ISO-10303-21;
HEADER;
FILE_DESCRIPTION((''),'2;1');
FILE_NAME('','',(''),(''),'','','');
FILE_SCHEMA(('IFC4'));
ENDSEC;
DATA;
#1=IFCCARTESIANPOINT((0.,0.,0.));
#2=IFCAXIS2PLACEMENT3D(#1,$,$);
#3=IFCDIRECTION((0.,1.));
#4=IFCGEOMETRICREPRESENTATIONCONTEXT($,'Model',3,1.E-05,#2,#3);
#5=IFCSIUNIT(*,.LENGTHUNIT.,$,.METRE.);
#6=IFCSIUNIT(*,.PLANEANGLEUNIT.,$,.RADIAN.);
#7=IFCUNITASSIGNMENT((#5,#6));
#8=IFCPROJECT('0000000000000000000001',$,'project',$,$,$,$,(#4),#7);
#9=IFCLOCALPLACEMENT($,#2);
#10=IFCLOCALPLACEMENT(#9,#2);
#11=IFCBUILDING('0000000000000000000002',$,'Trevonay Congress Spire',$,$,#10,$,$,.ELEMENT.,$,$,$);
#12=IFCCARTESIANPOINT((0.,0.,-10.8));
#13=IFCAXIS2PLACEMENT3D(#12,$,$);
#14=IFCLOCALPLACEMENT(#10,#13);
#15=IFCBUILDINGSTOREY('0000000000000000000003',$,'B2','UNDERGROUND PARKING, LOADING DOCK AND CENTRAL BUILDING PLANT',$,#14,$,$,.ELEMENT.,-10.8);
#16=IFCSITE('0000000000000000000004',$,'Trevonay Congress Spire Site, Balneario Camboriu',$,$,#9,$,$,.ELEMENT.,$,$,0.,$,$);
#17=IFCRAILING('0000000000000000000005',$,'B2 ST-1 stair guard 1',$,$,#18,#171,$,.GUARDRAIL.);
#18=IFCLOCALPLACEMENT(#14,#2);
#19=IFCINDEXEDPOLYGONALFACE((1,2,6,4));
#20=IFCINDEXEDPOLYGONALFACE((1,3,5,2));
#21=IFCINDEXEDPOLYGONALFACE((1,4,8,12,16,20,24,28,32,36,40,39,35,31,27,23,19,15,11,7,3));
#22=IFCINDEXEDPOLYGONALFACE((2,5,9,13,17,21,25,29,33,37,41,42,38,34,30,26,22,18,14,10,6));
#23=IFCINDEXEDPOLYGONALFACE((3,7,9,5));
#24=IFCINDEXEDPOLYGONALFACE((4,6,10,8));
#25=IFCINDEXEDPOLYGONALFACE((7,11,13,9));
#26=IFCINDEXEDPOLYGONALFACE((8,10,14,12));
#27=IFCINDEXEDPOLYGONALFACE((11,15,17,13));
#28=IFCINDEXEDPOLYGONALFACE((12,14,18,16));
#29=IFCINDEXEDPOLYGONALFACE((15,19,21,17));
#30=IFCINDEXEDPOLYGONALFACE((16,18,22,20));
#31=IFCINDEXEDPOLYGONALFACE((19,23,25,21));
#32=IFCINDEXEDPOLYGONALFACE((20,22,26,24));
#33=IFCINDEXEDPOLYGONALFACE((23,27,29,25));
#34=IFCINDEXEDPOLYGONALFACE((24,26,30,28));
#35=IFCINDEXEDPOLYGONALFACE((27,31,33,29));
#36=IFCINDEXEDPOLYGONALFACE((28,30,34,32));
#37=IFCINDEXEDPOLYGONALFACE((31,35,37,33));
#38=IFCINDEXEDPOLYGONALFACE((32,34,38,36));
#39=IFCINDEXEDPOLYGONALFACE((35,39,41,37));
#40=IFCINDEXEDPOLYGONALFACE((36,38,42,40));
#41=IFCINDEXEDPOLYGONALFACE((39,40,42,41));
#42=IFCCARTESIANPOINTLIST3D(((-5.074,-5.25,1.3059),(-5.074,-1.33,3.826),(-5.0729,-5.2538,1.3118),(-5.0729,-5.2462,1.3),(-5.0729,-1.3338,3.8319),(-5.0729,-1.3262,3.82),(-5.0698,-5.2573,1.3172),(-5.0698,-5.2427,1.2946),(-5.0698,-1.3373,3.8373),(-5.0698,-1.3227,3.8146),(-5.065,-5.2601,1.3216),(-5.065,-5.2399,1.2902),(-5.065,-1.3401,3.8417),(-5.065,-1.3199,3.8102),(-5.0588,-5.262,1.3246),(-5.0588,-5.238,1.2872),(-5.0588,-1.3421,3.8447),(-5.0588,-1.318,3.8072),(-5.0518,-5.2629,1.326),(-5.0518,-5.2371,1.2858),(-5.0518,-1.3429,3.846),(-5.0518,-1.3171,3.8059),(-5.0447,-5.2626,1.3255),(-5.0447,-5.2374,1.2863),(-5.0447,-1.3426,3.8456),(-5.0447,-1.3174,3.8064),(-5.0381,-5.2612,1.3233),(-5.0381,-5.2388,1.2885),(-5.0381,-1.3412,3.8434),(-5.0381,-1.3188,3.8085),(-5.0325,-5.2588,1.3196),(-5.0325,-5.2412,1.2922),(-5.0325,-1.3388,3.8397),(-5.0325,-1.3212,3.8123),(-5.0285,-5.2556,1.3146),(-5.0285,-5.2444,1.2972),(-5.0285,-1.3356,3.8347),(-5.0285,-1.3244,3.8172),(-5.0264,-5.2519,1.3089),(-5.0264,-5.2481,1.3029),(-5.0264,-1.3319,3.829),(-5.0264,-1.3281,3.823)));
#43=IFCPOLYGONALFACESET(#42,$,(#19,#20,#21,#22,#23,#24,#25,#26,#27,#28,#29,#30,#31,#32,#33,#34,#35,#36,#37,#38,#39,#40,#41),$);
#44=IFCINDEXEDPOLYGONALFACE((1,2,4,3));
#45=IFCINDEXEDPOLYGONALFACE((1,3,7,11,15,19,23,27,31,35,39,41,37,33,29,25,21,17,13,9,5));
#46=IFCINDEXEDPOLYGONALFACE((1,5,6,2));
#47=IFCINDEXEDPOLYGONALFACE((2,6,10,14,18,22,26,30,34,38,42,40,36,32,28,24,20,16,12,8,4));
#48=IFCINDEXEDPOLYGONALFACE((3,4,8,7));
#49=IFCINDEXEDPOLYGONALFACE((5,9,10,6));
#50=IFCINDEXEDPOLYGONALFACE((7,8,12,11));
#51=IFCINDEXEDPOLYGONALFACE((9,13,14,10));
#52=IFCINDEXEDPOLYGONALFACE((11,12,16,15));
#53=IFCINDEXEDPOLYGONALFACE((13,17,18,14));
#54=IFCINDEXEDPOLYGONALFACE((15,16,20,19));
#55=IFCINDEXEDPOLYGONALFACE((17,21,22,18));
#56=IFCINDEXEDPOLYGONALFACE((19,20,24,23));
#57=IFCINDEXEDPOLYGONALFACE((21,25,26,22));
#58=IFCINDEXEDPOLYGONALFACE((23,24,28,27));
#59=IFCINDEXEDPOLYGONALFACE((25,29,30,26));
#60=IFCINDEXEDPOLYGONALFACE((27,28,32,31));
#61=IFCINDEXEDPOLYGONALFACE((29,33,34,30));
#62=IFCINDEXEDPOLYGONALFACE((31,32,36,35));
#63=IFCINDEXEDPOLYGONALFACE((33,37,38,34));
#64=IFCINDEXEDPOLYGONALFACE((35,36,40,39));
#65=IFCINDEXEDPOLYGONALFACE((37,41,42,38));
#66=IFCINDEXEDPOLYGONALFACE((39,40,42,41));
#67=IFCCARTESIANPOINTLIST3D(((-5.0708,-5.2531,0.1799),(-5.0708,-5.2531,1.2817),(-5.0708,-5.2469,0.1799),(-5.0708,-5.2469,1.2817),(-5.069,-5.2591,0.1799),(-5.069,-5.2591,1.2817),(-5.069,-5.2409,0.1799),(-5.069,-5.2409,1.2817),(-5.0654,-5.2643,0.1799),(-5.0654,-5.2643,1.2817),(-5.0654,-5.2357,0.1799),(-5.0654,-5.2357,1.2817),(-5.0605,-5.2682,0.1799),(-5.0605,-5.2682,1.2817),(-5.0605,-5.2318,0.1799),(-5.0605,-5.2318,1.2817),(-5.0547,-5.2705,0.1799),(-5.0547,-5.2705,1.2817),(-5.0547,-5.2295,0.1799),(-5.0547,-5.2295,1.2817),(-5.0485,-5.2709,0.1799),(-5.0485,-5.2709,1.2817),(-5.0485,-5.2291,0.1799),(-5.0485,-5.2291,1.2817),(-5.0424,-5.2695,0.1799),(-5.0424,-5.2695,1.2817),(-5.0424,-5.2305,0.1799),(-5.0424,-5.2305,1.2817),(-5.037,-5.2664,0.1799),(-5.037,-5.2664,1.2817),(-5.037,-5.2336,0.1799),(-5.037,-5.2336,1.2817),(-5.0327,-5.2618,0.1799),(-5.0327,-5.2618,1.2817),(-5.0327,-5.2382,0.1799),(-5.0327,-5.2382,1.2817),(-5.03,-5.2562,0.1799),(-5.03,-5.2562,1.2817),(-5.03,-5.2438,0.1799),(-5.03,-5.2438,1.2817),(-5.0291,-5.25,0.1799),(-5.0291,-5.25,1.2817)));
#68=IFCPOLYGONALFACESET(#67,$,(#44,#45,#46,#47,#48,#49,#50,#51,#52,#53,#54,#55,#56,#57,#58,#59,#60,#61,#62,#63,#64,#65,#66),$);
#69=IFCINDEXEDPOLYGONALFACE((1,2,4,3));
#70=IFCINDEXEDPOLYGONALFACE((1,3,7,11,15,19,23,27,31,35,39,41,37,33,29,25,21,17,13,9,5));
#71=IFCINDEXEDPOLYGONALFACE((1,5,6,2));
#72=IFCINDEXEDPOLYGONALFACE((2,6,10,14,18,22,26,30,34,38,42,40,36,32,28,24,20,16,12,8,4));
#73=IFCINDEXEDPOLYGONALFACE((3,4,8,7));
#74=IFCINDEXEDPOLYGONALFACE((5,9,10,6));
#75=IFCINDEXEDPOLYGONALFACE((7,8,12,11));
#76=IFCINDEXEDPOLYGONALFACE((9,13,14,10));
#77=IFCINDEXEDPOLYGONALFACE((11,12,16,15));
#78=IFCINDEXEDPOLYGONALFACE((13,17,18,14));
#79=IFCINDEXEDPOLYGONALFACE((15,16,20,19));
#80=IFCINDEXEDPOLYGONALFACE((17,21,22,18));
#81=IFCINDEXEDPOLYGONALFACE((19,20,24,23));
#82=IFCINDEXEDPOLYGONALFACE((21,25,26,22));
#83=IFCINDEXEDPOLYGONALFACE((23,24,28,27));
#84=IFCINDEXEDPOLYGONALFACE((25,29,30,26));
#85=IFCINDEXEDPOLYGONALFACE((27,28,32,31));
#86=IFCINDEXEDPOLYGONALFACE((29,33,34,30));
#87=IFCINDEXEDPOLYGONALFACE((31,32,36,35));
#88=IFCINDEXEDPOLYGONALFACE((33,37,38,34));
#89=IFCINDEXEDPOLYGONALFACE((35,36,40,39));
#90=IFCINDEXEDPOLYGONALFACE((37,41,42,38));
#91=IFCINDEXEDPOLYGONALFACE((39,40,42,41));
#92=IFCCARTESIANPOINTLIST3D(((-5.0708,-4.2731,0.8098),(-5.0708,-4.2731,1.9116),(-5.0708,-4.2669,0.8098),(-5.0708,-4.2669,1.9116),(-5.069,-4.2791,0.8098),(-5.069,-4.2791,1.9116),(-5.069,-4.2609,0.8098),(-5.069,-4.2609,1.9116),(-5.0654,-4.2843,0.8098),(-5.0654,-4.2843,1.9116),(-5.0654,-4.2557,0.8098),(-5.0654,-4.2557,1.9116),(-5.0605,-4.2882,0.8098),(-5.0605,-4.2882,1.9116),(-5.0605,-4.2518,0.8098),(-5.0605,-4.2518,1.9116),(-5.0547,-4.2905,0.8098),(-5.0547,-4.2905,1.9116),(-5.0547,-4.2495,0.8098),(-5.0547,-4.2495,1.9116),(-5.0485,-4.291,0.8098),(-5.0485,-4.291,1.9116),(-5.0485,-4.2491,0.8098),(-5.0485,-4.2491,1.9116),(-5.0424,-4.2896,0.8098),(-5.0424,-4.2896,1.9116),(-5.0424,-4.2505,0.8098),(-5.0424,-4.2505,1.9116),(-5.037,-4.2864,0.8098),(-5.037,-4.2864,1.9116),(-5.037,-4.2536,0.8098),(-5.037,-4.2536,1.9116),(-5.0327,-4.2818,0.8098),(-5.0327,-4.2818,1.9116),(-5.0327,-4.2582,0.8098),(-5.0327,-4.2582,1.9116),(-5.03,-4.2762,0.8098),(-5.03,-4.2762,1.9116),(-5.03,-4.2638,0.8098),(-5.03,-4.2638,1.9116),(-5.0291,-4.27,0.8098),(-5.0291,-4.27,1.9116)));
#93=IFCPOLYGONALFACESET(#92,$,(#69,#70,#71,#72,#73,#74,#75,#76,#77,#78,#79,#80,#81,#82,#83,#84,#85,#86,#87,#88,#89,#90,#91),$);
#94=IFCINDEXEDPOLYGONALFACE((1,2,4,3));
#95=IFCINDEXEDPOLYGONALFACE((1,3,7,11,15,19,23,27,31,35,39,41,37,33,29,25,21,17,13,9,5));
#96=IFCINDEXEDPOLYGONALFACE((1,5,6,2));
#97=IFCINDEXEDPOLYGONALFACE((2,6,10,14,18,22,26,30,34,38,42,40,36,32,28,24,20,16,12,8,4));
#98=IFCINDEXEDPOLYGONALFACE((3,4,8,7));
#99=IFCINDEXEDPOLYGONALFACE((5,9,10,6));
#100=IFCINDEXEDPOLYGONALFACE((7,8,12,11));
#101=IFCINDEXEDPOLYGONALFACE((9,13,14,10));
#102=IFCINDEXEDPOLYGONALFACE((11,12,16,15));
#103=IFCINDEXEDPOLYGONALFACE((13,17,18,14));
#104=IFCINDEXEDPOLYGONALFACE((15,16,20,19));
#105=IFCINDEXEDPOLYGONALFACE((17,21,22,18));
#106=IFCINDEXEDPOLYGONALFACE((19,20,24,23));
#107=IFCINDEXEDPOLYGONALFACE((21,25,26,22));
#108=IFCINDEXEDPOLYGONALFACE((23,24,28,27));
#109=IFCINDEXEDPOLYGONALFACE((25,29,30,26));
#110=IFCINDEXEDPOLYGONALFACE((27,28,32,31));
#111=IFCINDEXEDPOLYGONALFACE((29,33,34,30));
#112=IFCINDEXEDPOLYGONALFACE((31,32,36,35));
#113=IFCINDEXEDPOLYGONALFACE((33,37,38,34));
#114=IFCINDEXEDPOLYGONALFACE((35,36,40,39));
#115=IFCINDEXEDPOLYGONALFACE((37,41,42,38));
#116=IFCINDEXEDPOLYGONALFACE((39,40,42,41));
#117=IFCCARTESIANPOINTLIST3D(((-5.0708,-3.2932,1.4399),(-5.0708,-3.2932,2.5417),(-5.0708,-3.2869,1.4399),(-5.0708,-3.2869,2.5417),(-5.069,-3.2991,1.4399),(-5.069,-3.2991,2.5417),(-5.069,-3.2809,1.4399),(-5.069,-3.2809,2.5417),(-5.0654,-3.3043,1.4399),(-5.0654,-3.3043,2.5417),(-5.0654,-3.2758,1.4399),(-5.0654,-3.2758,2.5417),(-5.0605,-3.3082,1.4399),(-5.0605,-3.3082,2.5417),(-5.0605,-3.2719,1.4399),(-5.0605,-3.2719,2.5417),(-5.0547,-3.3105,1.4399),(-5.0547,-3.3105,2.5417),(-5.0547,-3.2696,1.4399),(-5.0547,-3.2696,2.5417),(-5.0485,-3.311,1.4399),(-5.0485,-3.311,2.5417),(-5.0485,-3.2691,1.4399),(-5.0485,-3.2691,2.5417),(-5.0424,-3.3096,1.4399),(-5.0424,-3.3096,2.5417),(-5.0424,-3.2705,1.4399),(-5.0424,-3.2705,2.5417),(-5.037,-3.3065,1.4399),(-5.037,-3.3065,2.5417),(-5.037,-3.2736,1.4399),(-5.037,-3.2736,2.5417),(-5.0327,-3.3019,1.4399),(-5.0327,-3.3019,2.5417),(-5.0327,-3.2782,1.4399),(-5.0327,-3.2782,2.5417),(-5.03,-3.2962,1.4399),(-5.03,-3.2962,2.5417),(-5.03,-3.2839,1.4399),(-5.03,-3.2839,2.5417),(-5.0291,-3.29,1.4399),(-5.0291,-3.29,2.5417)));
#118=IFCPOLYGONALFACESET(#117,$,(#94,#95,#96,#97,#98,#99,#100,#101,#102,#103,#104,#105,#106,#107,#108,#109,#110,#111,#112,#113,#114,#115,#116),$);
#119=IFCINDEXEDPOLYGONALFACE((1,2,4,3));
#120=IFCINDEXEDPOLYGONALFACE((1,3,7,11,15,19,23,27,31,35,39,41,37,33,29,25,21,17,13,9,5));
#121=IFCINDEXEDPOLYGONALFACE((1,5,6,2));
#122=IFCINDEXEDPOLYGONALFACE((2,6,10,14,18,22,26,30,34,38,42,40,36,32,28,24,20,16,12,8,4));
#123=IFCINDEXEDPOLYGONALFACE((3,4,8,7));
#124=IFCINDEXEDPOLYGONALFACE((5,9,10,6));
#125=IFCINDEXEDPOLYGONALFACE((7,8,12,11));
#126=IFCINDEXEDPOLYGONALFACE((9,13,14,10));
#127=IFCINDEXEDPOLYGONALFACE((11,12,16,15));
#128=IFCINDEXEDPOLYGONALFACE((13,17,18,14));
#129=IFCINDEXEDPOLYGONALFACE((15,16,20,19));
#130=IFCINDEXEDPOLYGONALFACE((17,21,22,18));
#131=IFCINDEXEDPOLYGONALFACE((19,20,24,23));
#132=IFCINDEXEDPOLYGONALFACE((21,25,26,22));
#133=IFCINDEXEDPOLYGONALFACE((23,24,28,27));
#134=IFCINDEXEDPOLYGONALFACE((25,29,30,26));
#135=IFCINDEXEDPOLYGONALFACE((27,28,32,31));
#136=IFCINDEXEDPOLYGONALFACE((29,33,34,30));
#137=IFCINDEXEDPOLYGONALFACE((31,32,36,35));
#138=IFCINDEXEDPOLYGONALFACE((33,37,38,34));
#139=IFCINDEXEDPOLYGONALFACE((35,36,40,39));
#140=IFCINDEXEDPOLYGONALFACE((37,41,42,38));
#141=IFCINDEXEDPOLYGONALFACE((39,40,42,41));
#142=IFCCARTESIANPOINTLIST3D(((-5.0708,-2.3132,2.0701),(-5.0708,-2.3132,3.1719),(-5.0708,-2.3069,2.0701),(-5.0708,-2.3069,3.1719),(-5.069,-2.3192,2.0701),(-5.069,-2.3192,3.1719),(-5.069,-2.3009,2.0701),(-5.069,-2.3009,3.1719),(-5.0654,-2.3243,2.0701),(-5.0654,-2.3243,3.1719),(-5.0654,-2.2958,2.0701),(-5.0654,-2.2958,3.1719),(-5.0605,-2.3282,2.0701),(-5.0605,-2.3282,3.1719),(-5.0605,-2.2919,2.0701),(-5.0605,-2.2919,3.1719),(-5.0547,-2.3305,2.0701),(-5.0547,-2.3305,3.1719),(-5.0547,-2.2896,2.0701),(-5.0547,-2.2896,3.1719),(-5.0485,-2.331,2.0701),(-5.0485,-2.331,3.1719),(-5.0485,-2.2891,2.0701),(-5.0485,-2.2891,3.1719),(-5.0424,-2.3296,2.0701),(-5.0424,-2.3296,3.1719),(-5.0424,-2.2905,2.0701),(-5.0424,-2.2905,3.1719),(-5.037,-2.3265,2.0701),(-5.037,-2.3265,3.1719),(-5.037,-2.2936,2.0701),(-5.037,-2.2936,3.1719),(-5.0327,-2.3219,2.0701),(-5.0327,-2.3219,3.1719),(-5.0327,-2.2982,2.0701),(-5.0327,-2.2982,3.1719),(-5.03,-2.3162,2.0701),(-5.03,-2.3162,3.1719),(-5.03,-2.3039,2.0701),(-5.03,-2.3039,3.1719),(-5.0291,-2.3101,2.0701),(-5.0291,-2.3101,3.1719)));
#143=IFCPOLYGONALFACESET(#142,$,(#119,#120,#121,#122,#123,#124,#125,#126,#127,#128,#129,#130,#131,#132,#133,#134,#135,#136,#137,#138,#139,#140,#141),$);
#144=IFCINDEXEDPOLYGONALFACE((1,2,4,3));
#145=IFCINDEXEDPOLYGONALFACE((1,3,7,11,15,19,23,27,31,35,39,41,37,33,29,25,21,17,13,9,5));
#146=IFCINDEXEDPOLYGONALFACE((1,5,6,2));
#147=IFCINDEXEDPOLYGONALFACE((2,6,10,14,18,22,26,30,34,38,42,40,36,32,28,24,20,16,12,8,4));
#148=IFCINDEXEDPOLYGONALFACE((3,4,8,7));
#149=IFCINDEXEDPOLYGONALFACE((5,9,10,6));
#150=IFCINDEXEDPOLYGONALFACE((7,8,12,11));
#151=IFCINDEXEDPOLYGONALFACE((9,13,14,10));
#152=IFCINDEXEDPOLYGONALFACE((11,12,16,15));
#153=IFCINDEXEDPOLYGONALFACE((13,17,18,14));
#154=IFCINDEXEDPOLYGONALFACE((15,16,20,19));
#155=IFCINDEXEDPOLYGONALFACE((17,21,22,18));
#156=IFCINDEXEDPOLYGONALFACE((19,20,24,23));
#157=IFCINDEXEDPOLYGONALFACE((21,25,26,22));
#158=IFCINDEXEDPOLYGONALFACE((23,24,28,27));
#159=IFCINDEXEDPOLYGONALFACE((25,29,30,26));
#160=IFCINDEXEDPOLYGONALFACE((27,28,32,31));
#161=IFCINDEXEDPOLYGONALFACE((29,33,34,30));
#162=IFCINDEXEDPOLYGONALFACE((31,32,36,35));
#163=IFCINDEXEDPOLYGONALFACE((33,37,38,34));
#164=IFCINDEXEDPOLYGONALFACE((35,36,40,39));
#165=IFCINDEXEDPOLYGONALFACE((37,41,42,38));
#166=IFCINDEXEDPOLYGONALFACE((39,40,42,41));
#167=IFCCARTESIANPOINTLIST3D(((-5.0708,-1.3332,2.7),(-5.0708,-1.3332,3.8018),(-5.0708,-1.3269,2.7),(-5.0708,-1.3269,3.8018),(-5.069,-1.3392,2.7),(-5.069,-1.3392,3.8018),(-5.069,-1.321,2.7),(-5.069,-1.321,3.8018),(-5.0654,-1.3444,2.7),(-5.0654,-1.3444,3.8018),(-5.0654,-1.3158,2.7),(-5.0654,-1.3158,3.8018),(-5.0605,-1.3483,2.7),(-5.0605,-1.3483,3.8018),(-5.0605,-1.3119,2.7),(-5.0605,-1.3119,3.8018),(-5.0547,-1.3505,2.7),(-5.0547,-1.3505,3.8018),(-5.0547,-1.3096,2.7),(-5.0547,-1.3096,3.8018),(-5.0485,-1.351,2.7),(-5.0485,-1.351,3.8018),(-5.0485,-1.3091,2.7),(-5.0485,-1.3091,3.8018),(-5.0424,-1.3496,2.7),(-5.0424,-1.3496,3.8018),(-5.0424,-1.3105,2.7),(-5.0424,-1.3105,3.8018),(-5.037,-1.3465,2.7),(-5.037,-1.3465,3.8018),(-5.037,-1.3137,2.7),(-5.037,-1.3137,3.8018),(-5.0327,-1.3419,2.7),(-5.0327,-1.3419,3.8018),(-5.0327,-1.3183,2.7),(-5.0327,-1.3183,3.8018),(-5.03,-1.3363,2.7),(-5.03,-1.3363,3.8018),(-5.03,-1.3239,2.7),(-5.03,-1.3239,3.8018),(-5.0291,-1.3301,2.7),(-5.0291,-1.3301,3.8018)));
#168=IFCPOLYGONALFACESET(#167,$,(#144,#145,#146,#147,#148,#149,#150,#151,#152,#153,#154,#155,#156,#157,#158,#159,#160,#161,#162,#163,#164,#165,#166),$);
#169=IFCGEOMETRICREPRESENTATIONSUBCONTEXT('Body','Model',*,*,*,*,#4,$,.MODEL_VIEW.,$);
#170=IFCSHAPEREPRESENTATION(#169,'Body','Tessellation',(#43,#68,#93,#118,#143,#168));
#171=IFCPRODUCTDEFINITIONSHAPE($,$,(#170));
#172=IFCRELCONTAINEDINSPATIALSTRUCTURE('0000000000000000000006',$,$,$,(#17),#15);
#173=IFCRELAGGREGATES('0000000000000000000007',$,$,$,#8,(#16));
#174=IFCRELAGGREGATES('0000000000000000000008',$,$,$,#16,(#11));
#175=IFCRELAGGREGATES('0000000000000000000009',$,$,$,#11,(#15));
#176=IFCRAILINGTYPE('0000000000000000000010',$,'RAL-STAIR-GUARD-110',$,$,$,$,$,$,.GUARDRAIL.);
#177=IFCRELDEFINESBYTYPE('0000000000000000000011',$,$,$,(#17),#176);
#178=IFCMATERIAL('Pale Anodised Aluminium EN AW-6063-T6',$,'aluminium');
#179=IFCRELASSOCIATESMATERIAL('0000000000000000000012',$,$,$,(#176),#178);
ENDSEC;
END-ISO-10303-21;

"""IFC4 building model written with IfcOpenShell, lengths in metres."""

from ifc_helpers import new_model, si_unit, direction, frame, origin, origin_2d, place, context, subcontext, project, spatial, circle, extrude, material, type_object, element, save


model = new_model("IFC4")

# Units and contexts
model_context = context("Model", 3, precision=1e-05, world=origin(), true_north=direction((0.0, 1.0)))
body_context = subcontext(model_context, "Body", "Model", "MODEL_VIEW")
ifc_project = project(units=[si_unit("LENGTHUNIT", "METRE"), si_unit("PLANEANGLEUNIT", "RADIAN")], contexts=[model_context])

# Site, building, storey
site_placement = place(None, origin())
site = spatial("IfcSite", under=ifc_project, at=site_placement, Name="Trevonay Congress Spire Site, Balneario Camboriu", CompositionType="ELEMENT", RefElevation=0.0)
building_placement = place(site_placement, origin())
building = spatial("IfcBuilding", under=site, at=building_placement, Name="Trevonay Congress Spire", CompositionType="ELEMENT")
storey_placement = place(building_placement, frame((0.0, 0.0, -10.8)))
storey = spatial("IfcBuildingStorey", under=building, at=storey_placement, Name="B2", Description="UNDERGROUND PARKING, LOADING DOCK AND CENTRAL BUILDING PLANT", CompositionType="ELEMENT", Elevation=-10.8)

# Railing
ifc_material_1 = material(Name="Pale Anodised Aluminium EN AW-6063-T6", Category="aluminium")
railing_type_1 = type_object("IfcRailingType", Name="RAL-STAIR-GUARD-110", PredefinedType="GUARDRAIL", material=ifc_material_1)
railing_1_placement = place(storey_placement, frame((-5.05, -5.25, 0.1799)))
element("IfcRailing", 1, at=railing_1_placement, inside=storey, type_object=railing_type_1, Name="B2 ST-1 stair guard 1", PredefinedType="GUARDRAIL", context=body_context, shape_type="SweptSolid", body=[
    extrude(circle(Radius=0.0239, at=origin_2d()), frame((0.0, 0.0, 1.126), z_axis=(0.0, 0.841172, 0.540768), x_axis=(-1.0, 0.0, 0.0)), (0.0, 0.0, 1.0), 4.6602),
    extrude(circle(Radius=0.021, at=origin_2d()), origin(), (0.0, 0.0, 1.0), 1.1018),
    extrude(circle(Radius=0.021, at=origin_2d()), frame((0.0, 0.98, 0.6299)), (0.0, 0.0, 1.0), 1.1018),
    extrude(circle(Radius=0.021, at=origin_2d()), frame((0.0, 1.96, 1.26)), (0.0, 0.0, 1.0), 1.1018),
    extrude(circle(Radius=0.021, at=origin_2d()), frame((0.0, 2.9399, 1.8901)), (0.0, 0.0, 1.0), 1.1018),
    extrude(circle(Radius=0.021, at=origin_2d()), frame((0.0, 3.9199, 2.52)), (0.0, 0.0, 1.0), 1.1018),
])

save(model, "model.ifc")
